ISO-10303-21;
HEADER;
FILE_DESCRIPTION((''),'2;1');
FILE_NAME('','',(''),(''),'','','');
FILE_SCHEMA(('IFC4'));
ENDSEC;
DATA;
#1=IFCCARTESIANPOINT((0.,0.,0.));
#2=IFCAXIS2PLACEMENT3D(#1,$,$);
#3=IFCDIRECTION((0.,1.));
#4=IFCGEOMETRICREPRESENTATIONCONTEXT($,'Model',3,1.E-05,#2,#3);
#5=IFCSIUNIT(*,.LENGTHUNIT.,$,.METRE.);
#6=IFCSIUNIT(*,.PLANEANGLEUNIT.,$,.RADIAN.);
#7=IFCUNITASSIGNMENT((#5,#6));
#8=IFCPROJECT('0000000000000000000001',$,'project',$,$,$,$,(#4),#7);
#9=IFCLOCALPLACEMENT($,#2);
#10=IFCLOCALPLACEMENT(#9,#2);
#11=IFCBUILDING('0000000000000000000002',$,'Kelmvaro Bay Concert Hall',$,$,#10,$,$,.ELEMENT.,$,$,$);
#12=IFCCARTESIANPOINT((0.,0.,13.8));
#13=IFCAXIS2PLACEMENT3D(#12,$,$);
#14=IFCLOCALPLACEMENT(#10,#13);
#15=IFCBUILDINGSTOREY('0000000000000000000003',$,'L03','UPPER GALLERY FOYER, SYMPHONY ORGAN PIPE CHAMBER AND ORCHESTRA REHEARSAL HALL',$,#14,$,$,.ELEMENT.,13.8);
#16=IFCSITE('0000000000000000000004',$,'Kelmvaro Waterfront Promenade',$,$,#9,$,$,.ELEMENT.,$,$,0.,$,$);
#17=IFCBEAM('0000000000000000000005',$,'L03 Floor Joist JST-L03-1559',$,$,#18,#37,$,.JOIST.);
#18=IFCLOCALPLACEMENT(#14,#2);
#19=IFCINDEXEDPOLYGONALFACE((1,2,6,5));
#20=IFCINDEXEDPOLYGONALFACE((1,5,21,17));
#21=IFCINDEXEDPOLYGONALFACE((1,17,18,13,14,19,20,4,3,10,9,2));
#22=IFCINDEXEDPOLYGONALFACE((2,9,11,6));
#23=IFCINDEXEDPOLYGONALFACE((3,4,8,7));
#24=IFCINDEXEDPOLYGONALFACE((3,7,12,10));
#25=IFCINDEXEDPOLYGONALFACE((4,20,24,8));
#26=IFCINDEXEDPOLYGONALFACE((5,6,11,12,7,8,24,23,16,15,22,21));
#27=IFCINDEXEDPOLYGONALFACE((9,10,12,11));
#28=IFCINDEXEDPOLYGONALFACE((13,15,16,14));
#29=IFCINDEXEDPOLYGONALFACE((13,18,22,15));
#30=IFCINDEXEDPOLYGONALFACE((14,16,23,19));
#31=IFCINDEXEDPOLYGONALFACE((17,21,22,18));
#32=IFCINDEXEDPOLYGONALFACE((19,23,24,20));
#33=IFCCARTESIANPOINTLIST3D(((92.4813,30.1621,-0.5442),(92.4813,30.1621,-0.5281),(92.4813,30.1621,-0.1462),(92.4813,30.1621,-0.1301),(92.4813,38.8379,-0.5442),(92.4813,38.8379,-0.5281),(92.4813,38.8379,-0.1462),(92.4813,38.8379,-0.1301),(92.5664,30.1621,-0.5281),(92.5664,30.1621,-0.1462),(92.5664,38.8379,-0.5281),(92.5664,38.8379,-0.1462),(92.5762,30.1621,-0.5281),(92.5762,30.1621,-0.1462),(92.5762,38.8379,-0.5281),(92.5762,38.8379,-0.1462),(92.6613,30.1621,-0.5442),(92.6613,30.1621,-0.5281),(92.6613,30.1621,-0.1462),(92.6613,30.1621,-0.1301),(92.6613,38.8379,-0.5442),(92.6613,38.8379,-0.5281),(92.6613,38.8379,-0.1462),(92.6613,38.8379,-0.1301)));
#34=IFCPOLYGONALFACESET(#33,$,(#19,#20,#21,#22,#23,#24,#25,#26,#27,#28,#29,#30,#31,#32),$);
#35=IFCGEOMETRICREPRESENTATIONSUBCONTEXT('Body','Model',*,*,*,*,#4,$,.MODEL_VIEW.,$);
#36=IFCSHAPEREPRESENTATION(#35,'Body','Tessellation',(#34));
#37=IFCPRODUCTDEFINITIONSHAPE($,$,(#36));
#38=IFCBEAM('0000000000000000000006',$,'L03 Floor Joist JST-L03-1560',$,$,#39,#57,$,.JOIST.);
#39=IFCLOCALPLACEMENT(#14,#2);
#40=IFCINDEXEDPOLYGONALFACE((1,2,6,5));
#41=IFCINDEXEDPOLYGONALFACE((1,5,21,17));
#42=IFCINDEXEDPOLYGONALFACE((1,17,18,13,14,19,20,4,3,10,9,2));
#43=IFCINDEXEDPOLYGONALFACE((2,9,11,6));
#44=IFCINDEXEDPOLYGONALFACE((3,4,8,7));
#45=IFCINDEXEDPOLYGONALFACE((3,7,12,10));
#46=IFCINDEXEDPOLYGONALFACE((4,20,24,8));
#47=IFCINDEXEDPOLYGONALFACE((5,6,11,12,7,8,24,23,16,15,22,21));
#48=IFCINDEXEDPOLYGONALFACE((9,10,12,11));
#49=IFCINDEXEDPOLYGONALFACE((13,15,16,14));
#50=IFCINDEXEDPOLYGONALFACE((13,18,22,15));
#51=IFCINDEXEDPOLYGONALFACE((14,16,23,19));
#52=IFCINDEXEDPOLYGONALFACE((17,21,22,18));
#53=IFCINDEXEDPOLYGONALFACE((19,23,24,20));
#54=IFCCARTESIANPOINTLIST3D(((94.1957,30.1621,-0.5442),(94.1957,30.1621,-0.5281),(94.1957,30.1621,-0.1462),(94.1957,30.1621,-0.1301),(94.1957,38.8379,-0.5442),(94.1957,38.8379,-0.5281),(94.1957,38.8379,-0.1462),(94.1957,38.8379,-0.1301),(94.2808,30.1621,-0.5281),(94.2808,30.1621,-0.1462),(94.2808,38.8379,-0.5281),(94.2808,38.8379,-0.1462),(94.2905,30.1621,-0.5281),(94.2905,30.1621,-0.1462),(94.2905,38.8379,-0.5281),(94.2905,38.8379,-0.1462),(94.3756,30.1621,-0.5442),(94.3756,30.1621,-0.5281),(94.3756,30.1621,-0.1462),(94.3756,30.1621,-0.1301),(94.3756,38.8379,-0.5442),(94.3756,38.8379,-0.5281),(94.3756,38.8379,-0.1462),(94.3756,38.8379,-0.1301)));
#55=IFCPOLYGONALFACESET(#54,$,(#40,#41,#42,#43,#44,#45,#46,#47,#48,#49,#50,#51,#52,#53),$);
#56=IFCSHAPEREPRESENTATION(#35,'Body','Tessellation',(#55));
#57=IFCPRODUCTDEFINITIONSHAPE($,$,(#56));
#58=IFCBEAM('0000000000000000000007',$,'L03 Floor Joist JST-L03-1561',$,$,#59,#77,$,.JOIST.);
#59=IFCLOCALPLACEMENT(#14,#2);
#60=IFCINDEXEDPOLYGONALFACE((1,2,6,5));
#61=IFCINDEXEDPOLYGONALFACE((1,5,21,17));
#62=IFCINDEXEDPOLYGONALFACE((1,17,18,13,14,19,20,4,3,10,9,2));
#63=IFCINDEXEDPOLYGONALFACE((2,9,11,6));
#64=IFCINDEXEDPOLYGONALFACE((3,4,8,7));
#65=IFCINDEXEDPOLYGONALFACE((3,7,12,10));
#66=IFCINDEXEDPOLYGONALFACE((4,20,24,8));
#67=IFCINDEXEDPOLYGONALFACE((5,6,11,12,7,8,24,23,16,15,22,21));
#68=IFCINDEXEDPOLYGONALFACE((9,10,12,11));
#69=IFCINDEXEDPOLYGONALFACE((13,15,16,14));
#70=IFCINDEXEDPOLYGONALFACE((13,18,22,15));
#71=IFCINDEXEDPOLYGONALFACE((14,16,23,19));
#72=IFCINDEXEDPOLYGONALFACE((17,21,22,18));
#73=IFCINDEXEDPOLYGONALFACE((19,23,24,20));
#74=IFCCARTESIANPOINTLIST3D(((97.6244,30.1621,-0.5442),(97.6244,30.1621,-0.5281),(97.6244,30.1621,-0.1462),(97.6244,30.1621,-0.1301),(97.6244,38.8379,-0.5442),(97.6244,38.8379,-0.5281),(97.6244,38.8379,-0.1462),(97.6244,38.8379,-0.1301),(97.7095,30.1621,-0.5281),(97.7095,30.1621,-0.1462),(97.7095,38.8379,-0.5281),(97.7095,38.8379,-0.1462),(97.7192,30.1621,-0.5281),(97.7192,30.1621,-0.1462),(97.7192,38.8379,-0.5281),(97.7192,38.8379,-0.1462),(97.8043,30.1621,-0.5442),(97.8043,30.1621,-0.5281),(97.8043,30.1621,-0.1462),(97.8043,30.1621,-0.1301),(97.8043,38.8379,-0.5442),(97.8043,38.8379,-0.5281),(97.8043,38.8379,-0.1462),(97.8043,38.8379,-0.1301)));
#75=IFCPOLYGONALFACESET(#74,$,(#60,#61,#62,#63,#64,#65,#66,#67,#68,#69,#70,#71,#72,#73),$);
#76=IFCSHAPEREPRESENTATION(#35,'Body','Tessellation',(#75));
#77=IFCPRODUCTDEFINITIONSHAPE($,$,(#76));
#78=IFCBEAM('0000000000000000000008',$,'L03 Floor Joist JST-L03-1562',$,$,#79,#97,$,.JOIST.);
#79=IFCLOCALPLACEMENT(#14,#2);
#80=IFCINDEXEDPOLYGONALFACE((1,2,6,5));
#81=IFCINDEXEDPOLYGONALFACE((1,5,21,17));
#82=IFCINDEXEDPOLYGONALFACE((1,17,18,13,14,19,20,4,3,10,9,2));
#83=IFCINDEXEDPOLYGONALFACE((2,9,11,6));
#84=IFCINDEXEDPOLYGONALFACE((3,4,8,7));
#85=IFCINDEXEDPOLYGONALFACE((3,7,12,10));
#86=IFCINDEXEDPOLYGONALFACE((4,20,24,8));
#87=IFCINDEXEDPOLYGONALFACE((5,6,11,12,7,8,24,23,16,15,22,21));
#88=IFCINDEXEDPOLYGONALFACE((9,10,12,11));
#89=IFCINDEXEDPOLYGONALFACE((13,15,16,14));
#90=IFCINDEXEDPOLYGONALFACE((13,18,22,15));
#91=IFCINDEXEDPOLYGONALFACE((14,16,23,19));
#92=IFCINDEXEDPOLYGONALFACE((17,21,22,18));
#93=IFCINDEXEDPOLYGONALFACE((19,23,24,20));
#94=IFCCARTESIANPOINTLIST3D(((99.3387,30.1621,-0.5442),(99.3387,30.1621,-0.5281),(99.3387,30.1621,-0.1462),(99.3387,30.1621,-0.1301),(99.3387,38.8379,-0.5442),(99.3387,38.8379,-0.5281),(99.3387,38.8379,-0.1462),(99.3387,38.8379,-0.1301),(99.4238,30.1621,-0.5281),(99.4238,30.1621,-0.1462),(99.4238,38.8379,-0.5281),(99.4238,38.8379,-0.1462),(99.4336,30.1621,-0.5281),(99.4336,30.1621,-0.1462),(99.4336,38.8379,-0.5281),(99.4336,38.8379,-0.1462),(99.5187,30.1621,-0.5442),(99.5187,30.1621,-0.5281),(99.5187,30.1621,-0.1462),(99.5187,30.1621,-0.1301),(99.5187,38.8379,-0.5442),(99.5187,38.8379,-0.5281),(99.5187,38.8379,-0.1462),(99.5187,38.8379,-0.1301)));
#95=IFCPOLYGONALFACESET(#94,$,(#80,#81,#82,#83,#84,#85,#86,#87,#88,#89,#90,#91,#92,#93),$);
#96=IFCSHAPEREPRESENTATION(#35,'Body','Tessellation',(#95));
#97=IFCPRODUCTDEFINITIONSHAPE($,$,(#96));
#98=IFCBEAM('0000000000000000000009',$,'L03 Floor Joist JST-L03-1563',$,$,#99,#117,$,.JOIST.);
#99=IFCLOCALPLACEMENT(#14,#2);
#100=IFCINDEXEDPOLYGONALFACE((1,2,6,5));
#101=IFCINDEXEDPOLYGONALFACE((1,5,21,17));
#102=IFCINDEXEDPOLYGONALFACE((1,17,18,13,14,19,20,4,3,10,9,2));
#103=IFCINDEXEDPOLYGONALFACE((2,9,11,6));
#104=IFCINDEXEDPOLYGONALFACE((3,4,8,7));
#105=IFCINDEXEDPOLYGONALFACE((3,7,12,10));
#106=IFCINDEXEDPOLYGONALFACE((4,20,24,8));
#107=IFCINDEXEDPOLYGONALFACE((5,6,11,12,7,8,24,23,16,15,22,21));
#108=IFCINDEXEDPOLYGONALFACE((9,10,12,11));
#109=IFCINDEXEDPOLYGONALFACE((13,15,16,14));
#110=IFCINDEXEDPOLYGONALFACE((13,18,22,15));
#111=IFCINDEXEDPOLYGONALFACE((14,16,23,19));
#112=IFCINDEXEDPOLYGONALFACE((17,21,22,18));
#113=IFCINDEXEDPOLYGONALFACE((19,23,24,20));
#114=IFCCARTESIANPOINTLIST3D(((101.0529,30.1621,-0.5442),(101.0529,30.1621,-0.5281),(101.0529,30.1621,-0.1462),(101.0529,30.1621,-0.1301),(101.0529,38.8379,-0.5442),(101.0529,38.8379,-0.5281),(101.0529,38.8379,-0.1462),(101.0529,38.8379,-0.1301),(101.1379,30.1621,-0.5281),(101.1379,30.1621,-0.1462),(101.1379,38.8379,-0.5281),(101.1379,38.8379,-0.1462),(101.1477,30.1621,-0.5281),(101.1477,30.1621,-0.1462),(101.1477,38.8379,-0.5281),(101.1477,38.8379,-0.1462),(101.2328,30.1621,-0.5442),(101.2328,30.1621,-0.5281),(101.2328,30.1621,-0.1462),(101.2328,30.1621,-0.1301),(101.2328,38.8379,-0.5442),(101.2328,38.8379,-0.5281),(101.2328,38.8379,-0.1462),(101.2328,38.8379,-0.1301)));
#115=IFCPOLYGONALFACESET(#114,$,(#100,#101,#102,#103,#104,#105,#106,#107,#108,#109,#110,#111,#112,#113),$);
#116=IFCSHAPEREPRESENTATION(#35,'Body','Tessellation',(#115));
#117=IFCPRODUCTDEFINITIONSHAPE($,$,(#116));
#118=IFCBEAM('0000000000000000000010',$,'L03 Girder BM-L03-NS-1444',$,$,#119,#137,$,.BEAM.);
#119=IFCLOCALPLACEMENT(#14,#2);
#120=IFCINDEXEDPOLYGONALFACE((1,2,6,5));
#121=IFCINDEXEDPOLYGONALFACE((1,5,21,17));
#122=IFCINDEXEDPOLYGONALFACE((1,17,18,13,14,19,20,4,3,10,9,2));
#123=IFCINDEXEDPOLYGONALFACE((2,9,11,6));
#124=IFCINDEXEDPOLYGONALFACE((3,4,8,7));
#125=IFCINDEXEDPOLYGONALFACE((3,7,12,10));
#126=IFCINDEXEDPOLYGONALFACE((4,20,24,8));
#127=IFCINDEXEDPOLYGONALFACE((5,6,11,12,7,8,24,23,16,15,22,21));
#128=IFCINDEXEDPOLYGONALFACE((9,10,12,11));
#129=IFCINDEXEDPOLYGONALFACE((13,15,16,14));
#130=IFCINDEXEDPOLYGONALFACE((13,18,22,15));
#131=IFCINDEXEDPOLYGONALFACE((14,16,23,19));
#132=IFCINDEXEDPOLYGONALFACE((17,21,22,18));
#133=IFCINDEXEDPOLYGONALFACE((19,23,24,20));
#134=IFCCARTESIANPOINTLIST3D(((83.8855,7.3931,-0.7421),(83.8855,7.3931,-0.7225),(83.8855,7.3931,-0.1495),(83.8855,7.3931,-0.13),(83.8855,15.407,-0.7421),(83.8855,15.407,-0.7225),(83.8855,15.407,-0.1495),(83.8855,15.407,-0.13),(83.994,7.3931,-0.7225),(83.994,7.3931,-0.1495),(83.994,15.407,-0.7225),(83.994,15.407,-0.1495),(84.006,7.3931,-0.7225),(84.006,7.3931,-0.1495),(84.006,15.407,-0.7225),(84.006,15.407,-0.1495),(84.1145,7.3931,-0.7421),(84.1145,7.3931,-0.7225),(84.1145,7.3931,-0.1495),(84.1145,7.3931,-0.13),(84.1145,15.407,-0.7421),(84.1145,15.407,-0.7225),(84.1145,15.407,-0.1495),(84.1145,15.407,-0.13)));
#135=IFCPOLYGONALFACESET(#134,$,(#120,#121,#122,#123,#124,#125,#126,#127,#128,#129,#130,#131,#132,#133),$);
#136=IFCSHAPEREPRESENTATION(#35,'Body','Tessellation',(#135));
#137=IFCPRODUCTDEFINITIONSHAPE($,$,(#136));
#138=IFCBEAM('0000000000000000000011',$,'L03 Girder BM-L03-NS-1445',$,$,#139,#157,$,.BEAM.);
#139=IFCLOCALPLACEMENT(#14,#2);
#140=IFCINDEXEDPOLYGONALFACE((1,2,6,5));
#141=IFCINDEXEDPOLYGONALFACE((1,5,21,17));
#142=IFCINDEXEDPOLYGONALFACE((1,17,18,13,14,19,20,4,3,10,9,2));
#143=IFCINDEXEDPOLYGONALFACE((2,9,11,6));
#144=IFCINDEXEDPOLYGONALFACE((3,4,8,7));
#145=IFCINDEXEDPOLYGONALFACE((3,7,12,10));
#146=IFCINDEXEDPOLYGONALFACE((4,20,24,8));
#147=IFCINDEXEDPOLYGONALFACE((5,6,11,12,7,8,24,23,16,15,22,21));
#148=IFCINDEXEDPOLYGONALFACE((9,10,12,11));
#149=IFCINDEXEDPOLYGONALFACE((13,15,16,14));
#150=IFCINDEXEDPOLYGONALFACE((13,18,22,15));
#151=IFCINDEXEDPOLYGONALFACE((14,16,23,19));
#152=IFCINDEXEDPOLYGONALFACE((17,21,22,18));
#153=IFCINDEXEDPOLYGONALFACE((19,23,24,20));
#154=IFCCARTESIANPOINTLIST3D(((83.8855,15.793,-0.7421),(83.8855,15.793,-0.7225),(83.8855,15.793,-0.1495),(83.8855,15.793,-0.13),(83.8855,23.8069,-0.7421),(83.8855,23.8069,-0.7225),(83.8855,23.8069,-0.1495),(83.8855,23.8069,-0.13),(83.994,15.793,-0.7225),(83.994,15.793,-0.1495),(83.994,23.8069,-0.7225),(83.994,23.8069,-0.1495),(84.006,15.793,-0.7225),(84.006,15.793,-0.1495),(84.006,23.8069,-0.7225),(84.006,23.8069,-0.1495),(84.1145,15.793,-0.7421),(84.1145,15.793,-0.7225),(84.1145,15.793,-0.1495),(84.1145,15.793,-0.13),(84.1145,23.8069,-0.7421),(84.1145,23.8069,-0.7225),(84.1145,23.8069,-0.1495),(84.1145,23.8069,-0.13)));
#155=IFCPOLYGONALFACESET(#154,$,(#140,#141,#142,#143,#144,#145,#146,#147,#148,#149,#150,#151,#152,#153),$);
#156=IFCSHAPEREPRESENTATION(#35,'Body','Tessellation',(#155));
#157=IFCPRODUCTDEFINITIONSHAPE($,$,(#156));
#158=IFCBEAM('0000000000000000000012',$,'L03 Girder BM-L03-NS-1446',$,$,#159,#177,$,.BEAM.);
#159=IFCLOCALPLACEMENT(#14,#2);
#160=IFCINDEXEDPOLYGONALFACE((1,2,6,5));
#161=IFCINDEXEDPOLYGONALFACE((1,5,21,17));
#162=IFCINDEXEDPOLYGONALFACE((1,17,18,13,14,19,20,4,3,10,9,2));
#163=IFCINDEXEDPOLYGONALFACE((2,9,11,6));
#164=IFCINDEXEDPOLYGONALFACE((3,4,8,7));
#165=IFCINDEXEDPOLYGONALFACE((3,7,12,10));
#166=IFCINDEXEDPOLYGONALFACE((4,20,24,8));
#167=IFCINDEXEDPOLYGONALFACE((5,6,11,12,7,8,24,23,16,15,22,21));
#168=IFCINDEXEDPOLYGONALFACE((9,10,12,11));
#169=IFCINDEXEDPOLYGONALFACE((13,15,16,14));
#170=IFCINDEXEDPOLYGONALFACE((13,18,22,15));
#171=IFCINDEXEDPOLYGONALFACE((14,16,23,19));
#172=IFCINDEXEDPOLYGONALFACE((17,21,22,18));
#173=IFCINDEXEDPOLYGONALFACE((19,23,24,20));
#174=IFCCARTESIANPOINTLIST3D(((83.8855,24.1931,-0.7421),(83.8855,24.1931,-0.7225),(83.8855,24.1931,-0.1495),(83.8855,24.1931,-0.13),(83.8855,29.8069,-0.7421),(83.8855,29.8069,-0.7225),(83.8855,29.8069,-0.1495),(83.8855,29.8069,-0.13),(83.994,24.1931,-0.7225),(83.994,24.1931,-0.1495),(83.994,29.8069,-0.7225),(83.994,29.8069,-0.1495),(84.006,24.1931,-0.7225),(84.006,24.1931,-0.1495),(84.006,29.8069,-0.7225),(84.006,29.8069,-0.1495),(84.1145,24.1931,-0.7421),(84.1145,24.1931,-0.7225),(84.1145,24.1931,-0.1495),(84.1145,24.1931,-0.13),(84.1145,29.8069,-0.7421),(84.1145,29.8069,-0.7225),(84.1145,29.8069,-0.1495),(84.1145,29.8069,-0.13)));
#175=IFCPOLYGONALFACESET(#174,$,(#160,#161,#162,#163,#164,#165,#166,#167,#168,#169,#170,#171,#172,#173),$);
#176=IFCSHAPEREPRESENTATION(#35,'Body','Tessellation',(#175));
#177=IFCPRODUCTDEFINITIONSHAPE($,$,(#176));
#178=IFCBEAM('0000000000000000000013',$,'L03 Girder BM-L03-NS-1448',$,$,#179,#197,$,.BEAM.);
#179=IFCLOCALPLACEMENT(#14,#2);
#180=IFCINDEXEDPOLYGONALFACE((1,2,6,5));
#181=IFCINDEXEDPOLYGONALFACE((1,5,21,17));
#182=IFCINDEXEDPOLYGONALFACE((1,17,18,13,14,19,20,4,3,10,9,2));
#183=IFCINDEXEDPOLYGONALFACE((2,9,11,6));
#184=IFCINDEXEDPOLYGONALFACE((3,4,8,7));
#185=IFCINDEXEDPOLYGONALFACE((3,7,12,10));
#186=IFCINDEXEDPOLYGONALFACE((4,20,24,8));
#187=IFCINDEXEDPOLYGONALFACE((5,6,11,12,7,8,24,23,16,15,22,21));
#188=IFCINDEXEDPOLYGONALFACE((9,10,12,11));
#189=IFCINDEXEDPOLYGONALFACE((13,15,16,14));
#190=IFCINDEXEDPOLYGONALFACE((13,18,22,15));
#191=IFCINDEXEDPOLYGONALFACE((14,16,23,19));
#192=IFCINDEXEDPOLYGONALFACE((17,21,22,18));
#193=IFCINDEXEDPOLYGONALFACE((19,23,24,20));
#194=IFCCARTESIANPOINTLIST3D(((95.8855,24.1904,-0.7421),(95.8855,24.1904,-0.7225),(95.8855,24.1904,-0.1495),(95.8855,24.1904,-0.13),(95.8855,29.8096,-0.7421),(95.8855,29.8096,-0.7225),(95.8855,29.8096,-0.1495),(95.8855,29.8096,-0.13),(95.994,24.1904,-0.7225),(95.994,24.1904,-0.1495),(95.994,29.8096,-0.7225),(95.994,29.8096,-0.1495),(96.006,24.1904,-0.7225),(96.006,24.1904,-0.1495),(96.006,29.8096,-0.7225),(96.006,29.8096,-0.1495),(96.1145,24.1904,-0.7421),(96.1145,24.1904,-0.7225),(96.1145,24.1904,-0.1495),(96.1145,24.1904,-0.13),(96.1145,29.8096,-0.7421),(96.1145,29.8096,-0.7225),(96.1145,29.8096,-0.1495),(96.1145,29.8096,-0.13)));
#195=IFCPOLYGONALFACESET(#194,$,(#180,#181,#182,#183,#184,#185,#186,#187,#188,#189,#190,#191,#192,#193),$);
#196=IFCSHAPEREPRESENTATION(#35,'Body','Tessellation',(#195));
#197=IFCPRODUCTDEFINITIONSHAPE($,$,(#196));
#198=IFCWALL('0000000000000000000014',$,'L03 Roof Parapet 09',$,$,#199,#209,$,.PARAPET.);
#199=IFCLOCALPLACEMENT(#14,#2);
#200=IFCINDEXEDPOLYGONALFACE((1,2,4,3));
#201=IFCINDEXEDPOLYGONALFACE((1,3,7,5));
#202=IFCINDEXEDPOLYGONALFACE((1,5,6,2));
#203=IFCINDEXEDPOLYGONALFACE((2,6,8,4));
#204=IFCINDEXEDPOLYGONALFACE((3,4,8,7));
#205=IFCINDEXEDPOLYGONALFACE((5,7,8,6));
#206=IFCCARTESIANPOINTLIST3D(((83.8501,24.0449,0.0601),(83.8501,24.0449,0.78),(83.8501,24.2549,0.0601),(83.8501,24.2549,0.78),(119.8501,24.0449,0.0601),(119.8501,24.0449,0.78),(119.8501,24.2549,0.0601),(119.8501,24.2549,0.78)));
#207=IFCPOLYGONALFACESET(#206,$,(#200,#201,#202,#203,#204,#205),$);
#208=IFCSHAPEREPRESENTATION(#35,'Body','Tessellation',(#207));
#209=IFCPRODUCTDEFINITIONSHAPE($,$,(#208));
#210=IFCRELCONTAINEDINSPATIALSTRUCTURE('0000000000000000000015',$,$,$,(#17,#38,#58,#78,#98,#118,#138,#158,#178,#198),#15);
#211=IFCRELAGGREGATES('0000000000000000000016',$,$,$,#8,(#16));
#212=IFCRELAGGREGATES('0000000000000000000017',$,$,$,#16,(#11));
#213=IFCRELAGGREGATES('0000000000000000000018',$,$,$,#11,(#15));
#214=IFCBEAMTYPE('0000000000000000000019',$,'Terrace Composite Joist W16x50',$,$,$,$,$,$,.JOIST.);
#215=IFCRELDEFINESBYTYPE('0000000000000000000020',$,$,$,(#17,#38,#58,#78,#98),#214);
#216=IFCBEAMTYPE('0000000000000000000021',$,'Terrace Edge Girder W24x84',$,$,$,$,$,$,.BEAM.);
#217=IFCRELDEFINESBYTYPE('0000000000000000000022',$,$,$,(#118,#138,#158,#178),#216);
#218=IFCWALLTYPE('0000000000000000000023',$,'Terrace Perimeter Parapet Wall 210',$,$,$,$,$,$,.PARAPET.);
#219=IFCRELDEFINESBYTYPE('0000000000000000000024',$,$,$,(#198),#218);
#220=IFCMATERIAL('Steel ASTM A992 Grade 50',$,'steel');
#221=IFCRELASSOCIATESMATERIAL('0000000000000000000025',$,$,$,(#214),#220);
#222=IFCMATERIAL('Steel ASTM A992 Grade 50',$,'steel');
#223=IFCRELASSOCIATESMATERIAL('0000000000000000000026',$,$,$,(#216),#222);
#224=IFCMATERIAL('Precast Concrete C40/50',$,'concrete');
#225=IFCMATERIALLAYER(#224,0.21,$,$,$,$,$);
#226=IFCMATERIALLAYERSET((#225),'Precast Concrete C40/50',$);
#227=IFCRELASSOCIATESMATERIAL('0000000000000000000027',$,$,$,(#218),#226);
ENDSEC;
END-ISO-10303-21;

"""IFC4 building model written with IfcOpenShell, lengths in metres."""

from ifc_helpers import new_model, si_unit, direction, frame, frame_2d, origin, origin_2d, place, context, subcontext, project, spatial, rectangle, i_section, extrude, material, layer, layer_set, material_profile, profile_set, type_object, element, save


model = new_model("IFC4")

# Units and contexts
model_context = context("Model", 3, precision=1e-05, world=origin(), true_north=direction((0.0, 1.0)))
body_context = subcontext(model_context, "Body", "Model", "MODEL_VIEW")
ifc_project = project(units=[si_unit("LENGTHUNIT", "METRE"), si_unit("PLANEANGLEUNIT", "RADIAN")], contexts=[model_context])

# Site, building, storey
site_placement = place(None, origin())
site = spatial("IfcSite", under=ifc_project, at=site_placement, Name="Kelmvaro Waterfront Promenade", CompositionType="ELEMENT", RefElevation=0.0)
building_placement = place(site_placement, origin())
building = spatial("IfcBuilding", under=site, at=building_placement, Name="Kelmvaro Bay Concert Hall", CompositionType="ELEMENT")
storey_placement = place(building_placement, frame((0.0, 0.0, 13.8)))
storey = spatial("IfcBuildingStorey", under=building, at=storey_placement, Name="L03", Description="UPPER GALLERY FOYER, SYMPHONY ORGAN PIPE CHAMBER AND ORCHESTRA REHEARSAL HALL", CompositionType="ELEMENT", Elevation=13.8)

# Beams
ifc_material_1 = material(Name="Steel ASTM A992 Grade 50", Category="steel")
ifc_material_profile_1 = material_profile(ifc_material_1, i_section(OverallWidth=0.1799, OverallDepth=0.4141, WebThickness=0.0098, FlangeThickness=0.0161, at=origin_2d()), Name="W16X50")
ifc_profile_set_1 = profile_set([ifc_material_profile_1], Name="Steel ASTM A992 Grade 50")
beam_type_1 = type_object("IfcBeamType", Name="Terrace Composite Joist W16x50", PredefinedType="JOIST", material=ifc_profile_set_1)
for number, where, z_axis, x_axis, name in (
    (1, (92.5713, 30.1621, -0.3372), (0.0, 1.0, 0.0), (-1.0, 0.0, 0.0), "L03 Floor Joist JST-L03-1559"),
    (2, (94.2856, 30.1621, -0.3372), (0.0, 1.0, 0.0), (-1.0, 0.0, 0.0), "L03 Floor Joist JST-L03-1560"),
    (3, (97.7144, 30.1621, -0.3372), (0.0, 1.0, 0.0), (-1.0, 0.0, 0.0), "L03 Floor Joist JST-L03-1561"),
    (4, (99.4287, 30.1621, -0.3372), (0.0, 1.0, 0.0), (-1.0, 0.0, 0.0), "L03 Floor Joist JST-L03-1562"),
    (5, (101.1428, 30.1621, -0.3372), (0.0, 1.0, 0.0), (-1.0, 0.0, 0.0), "L03 Floor Joist JST-L03-1563"),
):
    element("IfcBeam", number, at=place(storey_placement, frame(where, z_axis=z_axis, x_axis=x_axis)), inside=storey, type_object=beam_type_1, Name=name, PredefinedType="JOIST", context=body_context, shape_type="SweptSolid", body=[
        extrude(i_section(OverallWidth=0.1799, OverallDepth=0.4141, WebThickness=0.0098, FlangeThickness=0.0161, at=origin_2d()), origin(), (0.0, 0.0, 1.0), 8.6758),
    ])
ifc_material_2 = material(Name="Steel ASTM A992 Grade 50", Category="steel")
ifc_material_profile_2 = material_profile(ifc_material_2, i_section(OverallWidth=0.229, OverallDepth=0.6121, WebThickness=0.012, FlangeThickness=0.0195, at=origin_2d()), Name="W24X84")
ifc_profile_set_2 = profile_set([ifc_material_profile_2], Name="Steel ASTM A992 Grade 50")
beam_type_2 = type_object("IfcBeamType", Name="Terrace Edge Girder W24x84", PredefinedType="BEAM", material=ifc_profile_set_2)
for number, where, z_axis, x_axis, name in (
    (6, (84.0, 7.3931, -0.436), (0.0, 1.0, 0.0), (-1.0, 0.0, 0.0), "L03 Girder BM-L03-NS-1444"),
    (7, (84.0, 15.793, -0.436), (0.0, 1.0, 0.0), (-1.0, 0.0, 0.0), "L03 Girder BM-L03-NS-1445"),
):
    element("IfcBeam", number, at=place(storey_placement, frame(where, z_axis=z_axis, x_axis=x_axis)), inside=storey, type_object=beam_type_2, Name=name, PredefinedType="BEAM", context=body_context, shape_type="SweptSolid", body=[
        extrude(i_section(OverallWidth=0.229, OverallDepth=0.6121, WebThickness=0.012, FlangeThickness=0.0195, at=origin_2d()), origin(), (0.0, 0.0, 1.0), 8.0139),
    ])
beam_1_placement = place(storey_placement, frame((84.0, 24.1931, -0.436), z_axis=(0.0, 1.0, 0.0), x_axis=(-1.0, 0.0, 0.0)))
element("IfcBeam", 8, at=beam_1_placement, inside=storey, type_object=beam_type_2, Name="L03 Girder BM-L03-NS-1446", PredefinedType="BEAM", context=body_context, shape_type="SweptSolid", body=[
    extrude(i_section(OverallWidth=0.229, OverallDepth=0.6121, WebThickness=0.012, FlangeThickness=0.0195, at=origin_2d()), origin(), (0.0, 0.0, 1.0), 5.6138),
])
beam_2_placement = place(storey_placement, frame((96.0, 24.1904, -0.436), z_axis=(0.0, 1.0, 0.0), x_axis=(-1.0, 0.0, 0.0)))
element("IfcBeam", 9, at=beam_2_placement, inside=storey, type_object=beam_type_2, Name="L03 Girder BM-L03-NS-1448", PredefinedType="BEAM", context=body_context, shape_type="SweptSolid", body=[
    extrude(i_section(OverallWidth=0.229, OverallDepth=0.6121, WebThickness=0.012, FlangeThickness=0.0195, at=origin_2d()), origin(), (0.0, 0.0, 1.0), 5.6191),
])

# Wall
ifc_material_3 = material(Name="Precast Concrete C40/50", Category="concrete")
ifc_layer = layer(ifc_material_3, 0.21)
ifc_layer_set = layer_set([ifc_layer], Name="Precast Concrete C40/50")
wall_type = type_object("IfcWallType", Name="Terrace Perimeter Parapet Wall 210", PredefinedType="PARAPET", material=ifc_layer_set)
wall_placement = place(storey_placement, frame((83.8501, 24.1499, 0.0601), z_axis=(0.0, 0.0, 1.0), x_axis=(1.0, 0.0, 0.0)))
element("IfcWall", 10, at=wall_placement, inside=storey, type_object=wall_type, Name="L03 Roof Parapet 09", PredefinedType="PARAPET", context=body_context, shape_type="SweptSolid", body=[
    extrude(rectangle(XDim=36.0, YDim=0.21, at=frame_2d((18.0, 0.0))), origin(), (0.0, 0.0, 1.0), 0.72),
])

save(model, "model.ifc")
